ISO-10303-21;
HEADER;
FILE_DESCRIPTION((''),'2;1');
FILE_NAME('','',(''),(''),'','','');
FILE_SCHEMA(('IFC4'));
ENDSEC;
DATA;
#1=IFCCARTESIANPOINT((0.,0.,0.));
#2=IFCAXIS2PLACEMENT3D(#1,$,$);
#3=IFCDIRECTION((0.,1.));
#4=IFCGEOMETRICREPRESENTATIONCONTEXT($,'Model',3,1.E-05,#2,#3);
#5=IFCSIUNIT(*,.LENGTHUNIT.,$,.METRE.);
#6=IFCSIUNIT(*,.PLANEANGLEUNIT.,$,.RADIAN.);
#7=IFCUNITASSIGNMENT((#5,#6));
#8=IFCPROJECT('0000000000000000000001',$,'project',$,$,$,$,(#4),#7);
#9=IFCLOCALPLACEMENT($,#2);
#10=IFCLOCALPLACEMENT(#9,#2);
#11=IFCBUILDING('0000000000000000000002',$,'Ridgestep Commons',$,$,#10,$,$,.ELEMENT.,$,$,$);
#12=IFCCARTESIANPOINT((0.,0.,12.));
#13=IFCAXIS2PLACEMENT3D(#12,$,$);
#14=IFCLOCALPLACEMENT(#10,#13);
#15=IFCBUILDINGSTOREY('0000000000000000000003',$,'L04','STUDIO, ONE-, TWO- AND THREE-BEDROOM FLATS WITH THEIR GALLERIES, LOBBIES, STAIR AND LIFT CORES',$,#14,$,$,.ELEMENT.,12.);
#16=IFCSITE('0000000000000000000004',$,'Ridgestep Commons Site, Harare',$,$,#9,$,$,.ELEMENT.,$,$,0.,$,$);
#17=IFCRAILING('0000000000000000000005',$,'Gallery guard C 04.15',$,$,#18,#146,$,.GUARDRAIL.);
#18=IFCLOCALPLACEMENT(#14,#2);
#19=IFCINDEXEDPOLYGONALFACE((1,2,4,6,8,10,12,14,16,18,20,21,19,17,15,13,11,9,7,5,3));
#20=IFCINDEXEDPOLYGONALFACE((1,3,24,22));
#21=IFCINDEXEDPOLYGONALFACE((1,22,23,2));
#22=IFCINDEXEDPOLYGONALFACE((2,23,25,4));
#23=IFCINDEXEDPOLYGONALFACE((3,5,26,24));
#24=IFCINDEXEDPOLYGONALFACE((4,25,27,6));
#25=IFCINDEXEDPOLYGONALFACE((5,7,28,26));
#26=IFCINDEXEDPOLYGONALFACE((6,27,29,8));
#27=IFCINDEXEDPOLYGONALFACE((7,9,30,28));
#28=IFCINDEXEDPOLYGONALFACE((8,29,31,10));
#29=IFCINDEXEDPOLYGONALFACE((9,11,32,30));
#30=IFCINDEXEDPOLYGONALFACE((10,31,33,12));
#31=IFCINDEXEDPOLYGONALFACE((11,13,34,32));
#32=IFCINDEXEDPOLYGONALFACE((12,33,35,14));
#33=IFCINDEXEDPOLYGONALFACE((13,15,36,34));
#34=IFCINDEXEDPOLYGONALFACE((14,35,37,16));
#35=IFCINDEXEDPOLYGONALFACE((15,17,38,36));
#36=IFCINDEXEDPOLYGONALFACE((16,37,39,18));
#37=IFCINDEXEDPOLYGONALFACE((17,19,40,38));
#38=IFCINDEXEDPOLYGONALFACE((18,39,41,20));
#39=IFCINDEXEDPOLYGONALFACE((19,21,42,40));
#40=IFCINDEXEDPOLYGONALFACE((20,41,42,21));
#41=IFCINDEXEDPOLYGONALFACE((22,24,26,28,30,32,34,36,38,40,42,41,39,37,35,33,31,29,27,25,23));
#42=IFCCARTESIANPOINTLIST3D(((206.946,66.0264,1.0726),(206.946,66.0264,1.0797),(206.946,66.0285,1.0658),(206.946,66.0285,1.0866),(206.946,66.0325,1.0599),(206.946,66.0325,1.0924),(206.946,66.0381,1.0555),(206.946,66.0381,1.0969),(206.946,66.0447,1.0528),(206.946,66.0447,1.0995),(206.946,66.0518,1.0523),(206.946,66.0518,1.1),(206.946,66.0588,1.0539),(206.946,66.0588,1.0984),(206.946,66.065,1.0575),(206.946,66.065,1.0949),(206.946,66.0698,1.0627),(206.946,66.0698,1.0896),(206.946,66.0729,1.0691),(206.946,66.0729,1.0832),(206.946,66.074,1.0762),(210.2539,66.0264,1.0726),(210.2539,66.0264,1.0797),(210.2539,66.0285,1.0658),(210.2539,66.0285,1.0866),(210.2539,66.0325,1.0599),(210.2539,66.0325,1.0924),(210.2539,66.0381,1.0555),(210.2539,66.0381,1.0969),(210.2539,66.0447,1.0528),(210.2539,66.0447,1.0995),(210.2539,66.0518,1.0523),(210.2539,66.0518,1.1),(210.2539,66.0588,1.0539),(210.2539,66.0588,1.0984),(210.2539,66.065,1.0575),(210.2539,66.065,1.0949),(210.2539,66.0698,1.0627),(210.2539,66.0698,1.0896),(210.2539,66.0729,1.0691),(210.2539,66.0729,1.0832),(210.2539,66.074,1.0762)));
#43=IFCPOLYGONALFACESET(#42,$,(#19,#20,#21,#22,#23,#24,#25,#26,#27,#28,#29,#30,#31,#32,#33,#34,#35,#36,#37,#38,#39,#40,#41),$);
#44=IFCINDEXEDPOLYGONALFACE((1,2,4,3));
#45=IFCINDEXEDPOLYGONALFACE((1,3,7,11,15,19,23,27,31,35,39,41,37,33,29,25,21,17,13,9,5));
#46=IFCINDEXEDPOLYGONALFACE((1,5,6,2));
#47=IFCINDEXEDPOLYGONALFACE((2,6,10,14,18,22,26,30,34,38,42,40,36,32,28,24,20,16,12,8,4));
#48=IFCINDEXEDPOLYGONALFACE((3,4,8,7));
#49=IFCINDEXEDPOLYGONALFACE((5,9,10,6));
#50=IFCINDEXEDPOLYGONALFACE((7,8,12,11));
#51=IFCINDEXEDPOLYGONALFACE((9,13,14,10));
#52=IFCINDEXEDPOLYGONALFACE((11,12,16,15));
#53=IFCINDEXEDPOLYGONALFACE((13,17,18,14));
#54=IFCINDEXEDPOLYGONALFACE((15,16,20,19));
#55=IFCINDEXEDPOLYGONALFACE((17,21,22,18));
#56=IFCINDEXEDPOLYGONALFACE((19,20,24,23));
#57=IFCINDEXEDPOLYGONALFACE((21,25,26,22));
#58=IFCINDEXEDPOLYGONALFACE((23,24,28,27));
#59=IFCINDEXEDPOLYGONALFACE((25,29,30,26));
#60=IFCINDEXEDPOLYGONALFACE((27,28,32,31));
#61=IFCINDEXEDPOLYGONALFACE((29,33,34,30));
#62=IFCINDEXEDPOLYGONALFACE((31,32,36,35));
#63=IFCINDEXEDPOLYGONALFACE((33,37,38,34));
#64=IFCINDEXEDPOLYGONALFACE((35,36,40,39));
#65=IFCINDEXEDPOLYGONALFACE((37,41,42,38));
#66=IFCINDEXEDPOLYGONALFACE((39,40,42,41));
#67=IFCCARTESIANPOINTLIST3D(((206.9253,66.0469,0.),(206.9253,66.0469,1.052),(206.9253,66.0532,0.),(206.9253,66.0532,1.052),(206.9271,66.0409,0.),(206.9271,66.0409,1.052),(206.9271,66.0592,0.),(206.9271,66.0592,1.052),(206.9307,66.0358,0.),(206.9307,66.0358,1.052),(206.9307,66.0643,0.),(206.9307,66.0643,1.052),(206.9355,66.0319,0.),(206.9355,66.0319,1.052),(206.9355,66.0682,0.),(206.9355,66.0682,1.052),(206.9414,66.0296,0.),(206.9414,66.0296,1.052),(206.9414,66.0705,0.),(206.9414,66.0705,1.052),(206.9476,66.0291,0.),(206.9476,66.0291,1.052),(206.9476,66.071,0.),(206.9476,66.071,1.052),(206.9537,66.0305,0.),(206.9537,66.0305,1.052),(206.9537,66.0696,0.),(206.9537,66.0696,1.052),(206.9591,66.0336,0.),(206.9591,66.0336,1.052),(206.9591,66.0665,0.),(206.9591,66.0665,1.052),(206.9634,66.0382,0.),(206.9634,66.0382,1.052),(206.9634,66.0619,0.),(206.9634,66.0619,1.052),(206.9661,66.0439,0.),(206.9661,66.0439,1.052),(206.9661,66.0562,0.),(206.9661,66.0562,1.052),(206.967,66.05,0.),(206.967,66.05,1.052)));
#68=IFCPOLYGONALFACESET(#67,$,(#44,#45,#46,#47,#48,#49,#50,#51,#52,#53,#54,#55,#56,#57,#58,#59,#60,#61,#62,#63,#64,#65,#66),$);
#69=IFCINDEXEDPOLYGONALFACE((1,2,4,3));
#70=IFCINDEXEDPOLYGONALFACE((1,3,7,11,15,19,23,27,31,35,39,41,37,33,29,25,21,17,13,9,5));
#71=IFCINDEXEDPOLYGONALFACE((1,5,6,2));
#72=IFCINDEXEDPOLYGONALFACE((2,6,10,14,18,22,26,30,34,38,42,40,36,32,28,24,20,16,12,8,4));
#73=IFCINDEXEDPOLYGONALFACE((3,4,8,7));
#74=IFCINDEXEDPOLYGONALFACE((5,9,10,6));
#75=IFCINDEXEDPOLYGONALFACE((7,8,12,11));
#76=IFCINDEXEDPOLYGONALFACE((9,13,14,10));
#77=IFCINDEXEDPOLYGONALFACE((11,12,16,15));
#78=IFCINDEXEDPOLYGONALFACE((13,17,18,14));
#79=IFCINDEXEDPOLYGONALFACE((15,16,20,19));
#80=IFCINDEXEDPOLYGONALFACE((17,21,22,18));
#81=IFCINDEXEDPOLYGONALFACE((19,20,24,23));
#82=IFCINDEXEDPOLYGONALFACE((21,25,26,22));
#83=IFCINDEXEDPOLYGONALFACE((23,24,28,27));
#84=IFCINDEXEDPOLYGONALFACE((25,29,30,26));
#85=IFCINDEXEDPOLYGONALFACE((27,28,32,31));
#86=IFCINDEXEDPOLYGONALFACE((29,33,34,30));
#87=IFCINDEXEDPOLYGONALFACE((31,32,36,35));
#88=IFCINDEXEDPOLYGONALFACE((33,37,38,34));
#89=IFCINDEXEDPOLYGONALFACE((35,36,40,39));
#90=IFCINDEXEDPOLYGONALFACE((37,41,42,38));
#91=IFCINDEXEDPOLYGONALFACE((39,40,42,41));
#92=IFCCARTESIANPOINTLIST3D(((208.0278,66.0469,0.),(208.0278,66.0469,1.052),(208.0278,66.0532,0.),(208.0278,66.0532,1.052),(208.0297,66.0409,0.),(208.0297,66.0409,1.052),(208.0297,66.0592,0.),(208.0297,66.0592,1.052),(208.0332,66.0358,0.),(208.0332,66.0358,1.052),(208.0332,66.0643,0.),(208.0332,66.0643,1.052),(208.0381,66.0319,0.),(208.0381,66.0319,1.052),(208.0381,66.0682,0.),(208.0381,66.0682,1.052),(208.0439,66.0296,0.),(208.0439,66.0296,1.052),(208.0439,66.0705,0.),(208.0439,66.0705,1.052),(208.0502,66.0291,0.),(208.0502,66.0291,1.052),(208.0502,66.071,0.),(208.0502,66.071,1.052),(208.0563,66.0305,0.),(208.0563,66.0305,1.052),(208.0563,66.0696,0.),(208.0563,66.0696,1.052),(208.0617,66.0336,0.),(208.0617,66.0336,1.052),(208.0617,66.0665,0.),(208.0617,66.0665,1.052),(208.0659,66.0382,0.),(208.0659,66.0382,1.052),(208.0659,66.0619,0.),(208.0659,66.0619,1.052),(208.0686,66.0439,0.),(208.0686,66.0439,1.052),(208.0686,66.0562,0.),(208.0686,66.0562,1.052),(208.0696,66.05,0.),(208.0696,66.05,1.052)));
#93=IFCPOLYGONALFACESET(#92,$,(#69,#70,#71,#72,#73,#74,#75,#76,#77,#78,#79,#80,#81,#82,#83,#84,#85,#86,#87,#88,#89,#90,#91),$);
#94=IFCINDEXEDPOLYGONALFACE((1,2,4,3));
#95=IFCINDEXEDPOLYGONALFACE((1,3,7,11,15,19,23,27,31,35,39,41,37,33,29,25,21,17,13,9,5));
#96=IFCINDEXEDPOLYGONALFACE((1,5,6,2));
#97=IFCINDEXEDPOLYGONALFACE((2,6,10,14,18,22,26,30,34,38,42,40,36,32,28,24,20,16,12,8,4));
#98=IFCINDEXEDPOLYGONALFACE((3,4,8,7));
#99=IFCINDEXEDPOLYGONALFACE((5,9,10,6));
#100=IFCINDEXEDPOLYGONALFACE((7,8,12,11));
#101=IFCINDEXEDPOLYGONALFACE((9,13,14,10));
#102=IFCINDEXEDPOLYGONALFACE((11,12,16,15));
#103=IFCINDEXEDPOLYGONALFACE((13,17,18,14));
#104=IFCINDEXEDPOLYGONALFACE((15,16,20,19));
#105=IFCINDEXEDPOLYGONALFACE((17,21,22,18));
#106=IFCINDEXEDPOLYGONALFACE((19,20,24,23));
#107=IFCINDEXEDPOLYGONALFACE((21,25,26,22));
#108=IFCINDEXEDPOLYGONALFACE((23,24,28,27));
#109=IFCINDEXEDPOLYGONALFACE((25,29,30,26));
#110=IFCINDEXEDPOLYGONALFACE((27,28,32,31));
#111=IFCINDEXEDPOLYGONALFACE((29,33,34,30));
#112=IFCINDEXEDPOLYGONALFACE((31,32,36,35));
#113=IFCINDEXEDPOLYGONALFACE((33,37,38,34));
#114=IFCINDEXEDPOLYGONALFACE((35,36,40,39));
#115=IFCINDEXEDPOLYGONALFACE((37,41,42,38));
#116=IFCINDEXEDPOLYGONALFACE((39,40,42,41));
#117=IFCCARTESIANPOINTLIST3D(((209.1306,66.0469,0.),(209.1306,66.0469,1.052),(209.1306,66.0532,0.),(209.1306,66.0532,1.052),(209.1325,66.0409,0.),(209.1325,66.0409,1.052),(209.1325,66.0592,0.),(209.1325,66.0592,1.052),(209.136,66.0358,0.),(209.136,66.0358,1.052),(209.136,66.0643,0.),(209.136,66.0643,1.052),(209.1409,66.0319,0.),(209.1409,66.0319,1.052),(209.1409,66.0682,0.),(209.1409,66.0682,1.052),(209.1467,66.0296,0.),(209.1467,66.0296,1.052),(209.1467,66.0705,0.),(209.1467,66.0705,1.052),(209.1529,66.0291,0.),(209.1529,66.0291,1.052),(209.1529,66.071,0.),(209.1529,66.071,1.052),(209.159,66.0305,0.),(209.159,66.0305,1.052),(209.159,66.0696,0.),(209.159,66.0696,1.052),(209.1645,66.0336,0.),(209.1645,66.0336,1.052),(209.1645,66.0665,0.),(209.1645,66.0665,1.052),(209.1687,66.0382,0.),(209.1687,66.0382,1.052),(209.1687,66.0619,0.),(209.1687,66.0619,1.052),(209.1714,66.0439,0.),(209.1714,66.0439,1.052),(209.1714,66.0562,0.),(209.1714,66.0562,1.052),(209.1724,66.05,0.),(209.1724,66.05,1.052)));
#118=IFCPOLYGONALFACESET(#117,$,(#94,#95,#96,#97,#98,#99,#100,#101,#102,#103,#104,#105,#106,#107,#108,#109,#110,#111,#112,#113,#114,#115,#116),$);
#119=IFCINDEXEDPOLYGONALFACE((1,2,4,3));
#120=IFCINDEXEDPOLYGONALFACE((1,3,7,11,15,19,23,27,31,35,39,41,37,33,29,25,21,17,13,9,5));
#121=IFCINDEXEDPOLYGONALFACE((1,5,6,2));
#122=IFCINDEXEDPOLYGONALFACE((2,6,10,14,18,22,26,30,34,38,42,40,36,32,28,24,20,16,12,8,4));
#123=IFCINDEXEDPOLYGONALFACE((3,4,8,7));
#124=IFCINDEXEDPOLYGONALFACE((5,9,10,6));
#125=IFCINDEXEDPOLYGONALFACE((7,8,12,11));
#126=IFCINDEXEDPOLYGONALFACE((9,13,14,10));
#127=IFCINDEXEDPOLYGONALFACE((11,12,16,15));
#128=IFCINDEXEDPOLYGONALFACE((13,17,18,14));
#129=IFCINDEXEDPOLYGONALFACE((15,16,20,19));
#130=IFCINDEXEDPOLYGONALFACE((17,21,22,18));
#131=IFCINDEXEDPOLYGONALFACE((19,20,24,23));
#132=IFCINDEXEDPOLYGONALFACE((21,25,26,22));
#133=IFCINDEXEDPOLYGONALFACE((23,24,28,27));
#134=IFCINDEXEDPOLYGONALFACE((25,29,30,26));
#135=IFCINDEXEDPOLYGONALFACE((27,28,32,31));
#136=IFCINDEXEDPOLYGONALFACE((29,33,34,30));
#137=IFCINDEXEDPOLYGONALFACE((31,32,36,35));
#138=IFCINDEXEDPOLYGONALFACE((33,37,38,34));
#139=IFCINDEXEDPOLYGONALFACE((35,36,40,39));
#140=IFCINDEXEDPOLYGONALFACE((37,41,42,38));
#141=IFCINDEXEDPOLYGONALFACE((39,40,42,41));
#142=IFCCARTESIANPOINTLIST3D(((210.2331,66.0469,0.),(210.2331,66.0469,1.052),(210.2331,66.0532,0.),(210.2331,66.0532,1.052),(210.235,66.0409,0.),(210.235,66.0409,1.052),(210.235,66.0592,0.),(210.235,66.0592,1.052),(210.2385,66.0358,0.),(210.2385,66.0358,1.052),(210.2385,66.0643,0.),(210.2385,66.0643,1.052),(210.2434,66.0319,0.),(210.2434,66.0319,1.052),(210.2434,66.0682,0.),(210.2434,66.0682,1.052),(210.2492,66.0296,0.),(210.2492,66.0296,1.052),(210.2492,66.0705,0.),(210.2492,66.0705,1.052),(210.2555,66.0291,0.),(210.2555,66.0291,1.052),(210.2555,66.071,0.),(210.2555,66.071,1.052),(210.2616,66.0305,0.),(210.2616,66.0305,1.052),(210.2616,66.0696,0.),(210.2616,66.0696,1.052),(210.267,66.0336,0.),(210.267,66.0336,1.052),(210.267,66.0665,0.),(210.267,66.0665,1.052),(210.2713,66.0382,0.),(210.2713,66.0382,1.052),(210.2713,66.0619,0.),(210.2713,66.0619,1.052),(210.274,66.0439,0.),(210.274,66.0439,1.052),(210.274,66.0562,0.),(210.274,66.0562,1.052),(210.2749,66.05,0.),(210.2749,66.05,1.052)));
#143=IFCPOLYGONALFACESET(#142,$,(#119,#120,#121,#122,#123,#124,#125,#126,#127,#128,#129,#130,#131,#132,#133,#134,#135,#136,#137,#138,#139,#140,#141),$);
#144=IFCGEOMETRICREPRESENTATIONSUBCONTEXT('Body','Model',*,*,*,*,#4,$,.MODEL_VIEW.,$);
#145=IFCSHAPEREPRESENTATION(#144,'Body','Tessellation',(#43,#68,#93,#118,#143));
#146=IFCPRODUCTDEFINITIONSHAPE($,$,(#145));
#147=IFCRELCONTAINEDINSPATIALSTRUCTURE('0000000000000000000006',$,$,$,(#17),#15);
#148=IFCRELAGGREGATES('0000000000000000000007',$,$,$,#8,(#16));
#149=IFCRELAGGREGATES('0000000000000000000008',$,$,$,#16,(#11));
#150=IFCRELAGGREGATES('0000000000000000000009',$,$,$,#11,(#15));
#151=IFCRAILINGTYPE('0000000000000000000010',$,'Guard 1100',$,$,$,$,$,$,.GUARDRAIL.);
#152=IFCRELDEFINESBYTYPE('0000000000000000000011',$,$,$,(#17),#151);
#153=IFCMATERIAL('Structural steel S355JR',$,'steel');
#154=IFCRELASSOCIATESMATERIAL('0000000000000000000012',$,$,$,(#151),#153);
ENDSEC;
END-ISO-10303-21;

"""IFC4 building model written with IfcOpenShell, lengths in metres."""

from ifc_helpers import new_model, si_unit, direction, frame, origin, origin_2d, place, context, subcontext, project, spatial, circle, extrude, material, type_object, element, save


model = new_model("IFC4")

# Units and contexts
model_context = context("Model", 3, precision=1e-05, world=origin(), true_north=direction((0.0, 1.0)))
body_context = subcontext(model_context, "Body", "Model", "MODEL_VIEW")
ifc_project = project(units=[si_unit("LENGTHUNIT", "METRE"), si_unit("PLANEANGLEUNIT", "RADIAN")], contexts=[model_context])

# Site, building, storey
site_placement = place(None, origin())
site = spatial("IfcSite", under=ifc_project, at=site_placement, Name="Ridgestep Commons Site, Harare", CompositionType="ELEMENT", RefElevation=0.0)
building_placement = place(site_placement, origin())
building = spatial("IfcBuilding", under=site, at=building_placement, Name="Ridgestep Commons", CompositionType="ELEMENT")
storey_placement = place(building_placement, frame((0.0, 0.0, 12.0)))
storey = spatial("IfcBuildingStorey", under=building, at=storey_placement, Name="L04", Description="STUDIO, ONE-, TWO- AND THREE-BEDROOM FLATS WITH THEIR GALLERIES, LOBBIES, STAIR AND LIFT CORES", CompositionType="ELEMENT", Elevation=12.0)

# Railing
ifc_material_1 = material(Name="Structural steel S355JR", Category="steel")
railing_type_1 = type_object("IfcRailingType", Name="Guard 1100", PredefinedType="GUARDRAIL", material=ifc_material_1)
railing_1_placement = place(storey_placement, frame((206.946, 66.05, 0.0)))
element("IfcRailing", 1, at=railing_1_placement, inside=storey, type_object=railing_type_1, Name="Gallery guard C 04.15", PredefinedType="GUARDRAIL", context=body_context, shape_type="SweptSolid", body=[
    extrude(circle(Radius=0.0239, at=origin_2d()), frame((0.0, 0.0, 1.0762), z_axis=(1.0, 0.0, 0.0), x_axis=(0.0, 1.0, 0.0)), (0.0, 0.0, 1.0), 3.3079),
    extrude(circle(Radius=0.021, at=origin_2d()), origin(), (0.0, 0.0, 1.0), 1.052),
    extrude(circle(Radius=0.021, at=origin_2d()), frame((1.1025, 0.0, 0.0)), (0.0, 0.0, 1.0), 1.052),
    extrude(circle(Radius=0.021, at=origin_2d()), frame((2.2053, 0.0, 0.0)), (0.0, 0.0, 1.0), 1.052),
    extrude(circle(Radius=0.021, at=origin_2d()), frame((3.3079, 0.0, 0.0)), (0.0, 0.0, 1.0), 1.052),
])

save(model, "model.ifc")
